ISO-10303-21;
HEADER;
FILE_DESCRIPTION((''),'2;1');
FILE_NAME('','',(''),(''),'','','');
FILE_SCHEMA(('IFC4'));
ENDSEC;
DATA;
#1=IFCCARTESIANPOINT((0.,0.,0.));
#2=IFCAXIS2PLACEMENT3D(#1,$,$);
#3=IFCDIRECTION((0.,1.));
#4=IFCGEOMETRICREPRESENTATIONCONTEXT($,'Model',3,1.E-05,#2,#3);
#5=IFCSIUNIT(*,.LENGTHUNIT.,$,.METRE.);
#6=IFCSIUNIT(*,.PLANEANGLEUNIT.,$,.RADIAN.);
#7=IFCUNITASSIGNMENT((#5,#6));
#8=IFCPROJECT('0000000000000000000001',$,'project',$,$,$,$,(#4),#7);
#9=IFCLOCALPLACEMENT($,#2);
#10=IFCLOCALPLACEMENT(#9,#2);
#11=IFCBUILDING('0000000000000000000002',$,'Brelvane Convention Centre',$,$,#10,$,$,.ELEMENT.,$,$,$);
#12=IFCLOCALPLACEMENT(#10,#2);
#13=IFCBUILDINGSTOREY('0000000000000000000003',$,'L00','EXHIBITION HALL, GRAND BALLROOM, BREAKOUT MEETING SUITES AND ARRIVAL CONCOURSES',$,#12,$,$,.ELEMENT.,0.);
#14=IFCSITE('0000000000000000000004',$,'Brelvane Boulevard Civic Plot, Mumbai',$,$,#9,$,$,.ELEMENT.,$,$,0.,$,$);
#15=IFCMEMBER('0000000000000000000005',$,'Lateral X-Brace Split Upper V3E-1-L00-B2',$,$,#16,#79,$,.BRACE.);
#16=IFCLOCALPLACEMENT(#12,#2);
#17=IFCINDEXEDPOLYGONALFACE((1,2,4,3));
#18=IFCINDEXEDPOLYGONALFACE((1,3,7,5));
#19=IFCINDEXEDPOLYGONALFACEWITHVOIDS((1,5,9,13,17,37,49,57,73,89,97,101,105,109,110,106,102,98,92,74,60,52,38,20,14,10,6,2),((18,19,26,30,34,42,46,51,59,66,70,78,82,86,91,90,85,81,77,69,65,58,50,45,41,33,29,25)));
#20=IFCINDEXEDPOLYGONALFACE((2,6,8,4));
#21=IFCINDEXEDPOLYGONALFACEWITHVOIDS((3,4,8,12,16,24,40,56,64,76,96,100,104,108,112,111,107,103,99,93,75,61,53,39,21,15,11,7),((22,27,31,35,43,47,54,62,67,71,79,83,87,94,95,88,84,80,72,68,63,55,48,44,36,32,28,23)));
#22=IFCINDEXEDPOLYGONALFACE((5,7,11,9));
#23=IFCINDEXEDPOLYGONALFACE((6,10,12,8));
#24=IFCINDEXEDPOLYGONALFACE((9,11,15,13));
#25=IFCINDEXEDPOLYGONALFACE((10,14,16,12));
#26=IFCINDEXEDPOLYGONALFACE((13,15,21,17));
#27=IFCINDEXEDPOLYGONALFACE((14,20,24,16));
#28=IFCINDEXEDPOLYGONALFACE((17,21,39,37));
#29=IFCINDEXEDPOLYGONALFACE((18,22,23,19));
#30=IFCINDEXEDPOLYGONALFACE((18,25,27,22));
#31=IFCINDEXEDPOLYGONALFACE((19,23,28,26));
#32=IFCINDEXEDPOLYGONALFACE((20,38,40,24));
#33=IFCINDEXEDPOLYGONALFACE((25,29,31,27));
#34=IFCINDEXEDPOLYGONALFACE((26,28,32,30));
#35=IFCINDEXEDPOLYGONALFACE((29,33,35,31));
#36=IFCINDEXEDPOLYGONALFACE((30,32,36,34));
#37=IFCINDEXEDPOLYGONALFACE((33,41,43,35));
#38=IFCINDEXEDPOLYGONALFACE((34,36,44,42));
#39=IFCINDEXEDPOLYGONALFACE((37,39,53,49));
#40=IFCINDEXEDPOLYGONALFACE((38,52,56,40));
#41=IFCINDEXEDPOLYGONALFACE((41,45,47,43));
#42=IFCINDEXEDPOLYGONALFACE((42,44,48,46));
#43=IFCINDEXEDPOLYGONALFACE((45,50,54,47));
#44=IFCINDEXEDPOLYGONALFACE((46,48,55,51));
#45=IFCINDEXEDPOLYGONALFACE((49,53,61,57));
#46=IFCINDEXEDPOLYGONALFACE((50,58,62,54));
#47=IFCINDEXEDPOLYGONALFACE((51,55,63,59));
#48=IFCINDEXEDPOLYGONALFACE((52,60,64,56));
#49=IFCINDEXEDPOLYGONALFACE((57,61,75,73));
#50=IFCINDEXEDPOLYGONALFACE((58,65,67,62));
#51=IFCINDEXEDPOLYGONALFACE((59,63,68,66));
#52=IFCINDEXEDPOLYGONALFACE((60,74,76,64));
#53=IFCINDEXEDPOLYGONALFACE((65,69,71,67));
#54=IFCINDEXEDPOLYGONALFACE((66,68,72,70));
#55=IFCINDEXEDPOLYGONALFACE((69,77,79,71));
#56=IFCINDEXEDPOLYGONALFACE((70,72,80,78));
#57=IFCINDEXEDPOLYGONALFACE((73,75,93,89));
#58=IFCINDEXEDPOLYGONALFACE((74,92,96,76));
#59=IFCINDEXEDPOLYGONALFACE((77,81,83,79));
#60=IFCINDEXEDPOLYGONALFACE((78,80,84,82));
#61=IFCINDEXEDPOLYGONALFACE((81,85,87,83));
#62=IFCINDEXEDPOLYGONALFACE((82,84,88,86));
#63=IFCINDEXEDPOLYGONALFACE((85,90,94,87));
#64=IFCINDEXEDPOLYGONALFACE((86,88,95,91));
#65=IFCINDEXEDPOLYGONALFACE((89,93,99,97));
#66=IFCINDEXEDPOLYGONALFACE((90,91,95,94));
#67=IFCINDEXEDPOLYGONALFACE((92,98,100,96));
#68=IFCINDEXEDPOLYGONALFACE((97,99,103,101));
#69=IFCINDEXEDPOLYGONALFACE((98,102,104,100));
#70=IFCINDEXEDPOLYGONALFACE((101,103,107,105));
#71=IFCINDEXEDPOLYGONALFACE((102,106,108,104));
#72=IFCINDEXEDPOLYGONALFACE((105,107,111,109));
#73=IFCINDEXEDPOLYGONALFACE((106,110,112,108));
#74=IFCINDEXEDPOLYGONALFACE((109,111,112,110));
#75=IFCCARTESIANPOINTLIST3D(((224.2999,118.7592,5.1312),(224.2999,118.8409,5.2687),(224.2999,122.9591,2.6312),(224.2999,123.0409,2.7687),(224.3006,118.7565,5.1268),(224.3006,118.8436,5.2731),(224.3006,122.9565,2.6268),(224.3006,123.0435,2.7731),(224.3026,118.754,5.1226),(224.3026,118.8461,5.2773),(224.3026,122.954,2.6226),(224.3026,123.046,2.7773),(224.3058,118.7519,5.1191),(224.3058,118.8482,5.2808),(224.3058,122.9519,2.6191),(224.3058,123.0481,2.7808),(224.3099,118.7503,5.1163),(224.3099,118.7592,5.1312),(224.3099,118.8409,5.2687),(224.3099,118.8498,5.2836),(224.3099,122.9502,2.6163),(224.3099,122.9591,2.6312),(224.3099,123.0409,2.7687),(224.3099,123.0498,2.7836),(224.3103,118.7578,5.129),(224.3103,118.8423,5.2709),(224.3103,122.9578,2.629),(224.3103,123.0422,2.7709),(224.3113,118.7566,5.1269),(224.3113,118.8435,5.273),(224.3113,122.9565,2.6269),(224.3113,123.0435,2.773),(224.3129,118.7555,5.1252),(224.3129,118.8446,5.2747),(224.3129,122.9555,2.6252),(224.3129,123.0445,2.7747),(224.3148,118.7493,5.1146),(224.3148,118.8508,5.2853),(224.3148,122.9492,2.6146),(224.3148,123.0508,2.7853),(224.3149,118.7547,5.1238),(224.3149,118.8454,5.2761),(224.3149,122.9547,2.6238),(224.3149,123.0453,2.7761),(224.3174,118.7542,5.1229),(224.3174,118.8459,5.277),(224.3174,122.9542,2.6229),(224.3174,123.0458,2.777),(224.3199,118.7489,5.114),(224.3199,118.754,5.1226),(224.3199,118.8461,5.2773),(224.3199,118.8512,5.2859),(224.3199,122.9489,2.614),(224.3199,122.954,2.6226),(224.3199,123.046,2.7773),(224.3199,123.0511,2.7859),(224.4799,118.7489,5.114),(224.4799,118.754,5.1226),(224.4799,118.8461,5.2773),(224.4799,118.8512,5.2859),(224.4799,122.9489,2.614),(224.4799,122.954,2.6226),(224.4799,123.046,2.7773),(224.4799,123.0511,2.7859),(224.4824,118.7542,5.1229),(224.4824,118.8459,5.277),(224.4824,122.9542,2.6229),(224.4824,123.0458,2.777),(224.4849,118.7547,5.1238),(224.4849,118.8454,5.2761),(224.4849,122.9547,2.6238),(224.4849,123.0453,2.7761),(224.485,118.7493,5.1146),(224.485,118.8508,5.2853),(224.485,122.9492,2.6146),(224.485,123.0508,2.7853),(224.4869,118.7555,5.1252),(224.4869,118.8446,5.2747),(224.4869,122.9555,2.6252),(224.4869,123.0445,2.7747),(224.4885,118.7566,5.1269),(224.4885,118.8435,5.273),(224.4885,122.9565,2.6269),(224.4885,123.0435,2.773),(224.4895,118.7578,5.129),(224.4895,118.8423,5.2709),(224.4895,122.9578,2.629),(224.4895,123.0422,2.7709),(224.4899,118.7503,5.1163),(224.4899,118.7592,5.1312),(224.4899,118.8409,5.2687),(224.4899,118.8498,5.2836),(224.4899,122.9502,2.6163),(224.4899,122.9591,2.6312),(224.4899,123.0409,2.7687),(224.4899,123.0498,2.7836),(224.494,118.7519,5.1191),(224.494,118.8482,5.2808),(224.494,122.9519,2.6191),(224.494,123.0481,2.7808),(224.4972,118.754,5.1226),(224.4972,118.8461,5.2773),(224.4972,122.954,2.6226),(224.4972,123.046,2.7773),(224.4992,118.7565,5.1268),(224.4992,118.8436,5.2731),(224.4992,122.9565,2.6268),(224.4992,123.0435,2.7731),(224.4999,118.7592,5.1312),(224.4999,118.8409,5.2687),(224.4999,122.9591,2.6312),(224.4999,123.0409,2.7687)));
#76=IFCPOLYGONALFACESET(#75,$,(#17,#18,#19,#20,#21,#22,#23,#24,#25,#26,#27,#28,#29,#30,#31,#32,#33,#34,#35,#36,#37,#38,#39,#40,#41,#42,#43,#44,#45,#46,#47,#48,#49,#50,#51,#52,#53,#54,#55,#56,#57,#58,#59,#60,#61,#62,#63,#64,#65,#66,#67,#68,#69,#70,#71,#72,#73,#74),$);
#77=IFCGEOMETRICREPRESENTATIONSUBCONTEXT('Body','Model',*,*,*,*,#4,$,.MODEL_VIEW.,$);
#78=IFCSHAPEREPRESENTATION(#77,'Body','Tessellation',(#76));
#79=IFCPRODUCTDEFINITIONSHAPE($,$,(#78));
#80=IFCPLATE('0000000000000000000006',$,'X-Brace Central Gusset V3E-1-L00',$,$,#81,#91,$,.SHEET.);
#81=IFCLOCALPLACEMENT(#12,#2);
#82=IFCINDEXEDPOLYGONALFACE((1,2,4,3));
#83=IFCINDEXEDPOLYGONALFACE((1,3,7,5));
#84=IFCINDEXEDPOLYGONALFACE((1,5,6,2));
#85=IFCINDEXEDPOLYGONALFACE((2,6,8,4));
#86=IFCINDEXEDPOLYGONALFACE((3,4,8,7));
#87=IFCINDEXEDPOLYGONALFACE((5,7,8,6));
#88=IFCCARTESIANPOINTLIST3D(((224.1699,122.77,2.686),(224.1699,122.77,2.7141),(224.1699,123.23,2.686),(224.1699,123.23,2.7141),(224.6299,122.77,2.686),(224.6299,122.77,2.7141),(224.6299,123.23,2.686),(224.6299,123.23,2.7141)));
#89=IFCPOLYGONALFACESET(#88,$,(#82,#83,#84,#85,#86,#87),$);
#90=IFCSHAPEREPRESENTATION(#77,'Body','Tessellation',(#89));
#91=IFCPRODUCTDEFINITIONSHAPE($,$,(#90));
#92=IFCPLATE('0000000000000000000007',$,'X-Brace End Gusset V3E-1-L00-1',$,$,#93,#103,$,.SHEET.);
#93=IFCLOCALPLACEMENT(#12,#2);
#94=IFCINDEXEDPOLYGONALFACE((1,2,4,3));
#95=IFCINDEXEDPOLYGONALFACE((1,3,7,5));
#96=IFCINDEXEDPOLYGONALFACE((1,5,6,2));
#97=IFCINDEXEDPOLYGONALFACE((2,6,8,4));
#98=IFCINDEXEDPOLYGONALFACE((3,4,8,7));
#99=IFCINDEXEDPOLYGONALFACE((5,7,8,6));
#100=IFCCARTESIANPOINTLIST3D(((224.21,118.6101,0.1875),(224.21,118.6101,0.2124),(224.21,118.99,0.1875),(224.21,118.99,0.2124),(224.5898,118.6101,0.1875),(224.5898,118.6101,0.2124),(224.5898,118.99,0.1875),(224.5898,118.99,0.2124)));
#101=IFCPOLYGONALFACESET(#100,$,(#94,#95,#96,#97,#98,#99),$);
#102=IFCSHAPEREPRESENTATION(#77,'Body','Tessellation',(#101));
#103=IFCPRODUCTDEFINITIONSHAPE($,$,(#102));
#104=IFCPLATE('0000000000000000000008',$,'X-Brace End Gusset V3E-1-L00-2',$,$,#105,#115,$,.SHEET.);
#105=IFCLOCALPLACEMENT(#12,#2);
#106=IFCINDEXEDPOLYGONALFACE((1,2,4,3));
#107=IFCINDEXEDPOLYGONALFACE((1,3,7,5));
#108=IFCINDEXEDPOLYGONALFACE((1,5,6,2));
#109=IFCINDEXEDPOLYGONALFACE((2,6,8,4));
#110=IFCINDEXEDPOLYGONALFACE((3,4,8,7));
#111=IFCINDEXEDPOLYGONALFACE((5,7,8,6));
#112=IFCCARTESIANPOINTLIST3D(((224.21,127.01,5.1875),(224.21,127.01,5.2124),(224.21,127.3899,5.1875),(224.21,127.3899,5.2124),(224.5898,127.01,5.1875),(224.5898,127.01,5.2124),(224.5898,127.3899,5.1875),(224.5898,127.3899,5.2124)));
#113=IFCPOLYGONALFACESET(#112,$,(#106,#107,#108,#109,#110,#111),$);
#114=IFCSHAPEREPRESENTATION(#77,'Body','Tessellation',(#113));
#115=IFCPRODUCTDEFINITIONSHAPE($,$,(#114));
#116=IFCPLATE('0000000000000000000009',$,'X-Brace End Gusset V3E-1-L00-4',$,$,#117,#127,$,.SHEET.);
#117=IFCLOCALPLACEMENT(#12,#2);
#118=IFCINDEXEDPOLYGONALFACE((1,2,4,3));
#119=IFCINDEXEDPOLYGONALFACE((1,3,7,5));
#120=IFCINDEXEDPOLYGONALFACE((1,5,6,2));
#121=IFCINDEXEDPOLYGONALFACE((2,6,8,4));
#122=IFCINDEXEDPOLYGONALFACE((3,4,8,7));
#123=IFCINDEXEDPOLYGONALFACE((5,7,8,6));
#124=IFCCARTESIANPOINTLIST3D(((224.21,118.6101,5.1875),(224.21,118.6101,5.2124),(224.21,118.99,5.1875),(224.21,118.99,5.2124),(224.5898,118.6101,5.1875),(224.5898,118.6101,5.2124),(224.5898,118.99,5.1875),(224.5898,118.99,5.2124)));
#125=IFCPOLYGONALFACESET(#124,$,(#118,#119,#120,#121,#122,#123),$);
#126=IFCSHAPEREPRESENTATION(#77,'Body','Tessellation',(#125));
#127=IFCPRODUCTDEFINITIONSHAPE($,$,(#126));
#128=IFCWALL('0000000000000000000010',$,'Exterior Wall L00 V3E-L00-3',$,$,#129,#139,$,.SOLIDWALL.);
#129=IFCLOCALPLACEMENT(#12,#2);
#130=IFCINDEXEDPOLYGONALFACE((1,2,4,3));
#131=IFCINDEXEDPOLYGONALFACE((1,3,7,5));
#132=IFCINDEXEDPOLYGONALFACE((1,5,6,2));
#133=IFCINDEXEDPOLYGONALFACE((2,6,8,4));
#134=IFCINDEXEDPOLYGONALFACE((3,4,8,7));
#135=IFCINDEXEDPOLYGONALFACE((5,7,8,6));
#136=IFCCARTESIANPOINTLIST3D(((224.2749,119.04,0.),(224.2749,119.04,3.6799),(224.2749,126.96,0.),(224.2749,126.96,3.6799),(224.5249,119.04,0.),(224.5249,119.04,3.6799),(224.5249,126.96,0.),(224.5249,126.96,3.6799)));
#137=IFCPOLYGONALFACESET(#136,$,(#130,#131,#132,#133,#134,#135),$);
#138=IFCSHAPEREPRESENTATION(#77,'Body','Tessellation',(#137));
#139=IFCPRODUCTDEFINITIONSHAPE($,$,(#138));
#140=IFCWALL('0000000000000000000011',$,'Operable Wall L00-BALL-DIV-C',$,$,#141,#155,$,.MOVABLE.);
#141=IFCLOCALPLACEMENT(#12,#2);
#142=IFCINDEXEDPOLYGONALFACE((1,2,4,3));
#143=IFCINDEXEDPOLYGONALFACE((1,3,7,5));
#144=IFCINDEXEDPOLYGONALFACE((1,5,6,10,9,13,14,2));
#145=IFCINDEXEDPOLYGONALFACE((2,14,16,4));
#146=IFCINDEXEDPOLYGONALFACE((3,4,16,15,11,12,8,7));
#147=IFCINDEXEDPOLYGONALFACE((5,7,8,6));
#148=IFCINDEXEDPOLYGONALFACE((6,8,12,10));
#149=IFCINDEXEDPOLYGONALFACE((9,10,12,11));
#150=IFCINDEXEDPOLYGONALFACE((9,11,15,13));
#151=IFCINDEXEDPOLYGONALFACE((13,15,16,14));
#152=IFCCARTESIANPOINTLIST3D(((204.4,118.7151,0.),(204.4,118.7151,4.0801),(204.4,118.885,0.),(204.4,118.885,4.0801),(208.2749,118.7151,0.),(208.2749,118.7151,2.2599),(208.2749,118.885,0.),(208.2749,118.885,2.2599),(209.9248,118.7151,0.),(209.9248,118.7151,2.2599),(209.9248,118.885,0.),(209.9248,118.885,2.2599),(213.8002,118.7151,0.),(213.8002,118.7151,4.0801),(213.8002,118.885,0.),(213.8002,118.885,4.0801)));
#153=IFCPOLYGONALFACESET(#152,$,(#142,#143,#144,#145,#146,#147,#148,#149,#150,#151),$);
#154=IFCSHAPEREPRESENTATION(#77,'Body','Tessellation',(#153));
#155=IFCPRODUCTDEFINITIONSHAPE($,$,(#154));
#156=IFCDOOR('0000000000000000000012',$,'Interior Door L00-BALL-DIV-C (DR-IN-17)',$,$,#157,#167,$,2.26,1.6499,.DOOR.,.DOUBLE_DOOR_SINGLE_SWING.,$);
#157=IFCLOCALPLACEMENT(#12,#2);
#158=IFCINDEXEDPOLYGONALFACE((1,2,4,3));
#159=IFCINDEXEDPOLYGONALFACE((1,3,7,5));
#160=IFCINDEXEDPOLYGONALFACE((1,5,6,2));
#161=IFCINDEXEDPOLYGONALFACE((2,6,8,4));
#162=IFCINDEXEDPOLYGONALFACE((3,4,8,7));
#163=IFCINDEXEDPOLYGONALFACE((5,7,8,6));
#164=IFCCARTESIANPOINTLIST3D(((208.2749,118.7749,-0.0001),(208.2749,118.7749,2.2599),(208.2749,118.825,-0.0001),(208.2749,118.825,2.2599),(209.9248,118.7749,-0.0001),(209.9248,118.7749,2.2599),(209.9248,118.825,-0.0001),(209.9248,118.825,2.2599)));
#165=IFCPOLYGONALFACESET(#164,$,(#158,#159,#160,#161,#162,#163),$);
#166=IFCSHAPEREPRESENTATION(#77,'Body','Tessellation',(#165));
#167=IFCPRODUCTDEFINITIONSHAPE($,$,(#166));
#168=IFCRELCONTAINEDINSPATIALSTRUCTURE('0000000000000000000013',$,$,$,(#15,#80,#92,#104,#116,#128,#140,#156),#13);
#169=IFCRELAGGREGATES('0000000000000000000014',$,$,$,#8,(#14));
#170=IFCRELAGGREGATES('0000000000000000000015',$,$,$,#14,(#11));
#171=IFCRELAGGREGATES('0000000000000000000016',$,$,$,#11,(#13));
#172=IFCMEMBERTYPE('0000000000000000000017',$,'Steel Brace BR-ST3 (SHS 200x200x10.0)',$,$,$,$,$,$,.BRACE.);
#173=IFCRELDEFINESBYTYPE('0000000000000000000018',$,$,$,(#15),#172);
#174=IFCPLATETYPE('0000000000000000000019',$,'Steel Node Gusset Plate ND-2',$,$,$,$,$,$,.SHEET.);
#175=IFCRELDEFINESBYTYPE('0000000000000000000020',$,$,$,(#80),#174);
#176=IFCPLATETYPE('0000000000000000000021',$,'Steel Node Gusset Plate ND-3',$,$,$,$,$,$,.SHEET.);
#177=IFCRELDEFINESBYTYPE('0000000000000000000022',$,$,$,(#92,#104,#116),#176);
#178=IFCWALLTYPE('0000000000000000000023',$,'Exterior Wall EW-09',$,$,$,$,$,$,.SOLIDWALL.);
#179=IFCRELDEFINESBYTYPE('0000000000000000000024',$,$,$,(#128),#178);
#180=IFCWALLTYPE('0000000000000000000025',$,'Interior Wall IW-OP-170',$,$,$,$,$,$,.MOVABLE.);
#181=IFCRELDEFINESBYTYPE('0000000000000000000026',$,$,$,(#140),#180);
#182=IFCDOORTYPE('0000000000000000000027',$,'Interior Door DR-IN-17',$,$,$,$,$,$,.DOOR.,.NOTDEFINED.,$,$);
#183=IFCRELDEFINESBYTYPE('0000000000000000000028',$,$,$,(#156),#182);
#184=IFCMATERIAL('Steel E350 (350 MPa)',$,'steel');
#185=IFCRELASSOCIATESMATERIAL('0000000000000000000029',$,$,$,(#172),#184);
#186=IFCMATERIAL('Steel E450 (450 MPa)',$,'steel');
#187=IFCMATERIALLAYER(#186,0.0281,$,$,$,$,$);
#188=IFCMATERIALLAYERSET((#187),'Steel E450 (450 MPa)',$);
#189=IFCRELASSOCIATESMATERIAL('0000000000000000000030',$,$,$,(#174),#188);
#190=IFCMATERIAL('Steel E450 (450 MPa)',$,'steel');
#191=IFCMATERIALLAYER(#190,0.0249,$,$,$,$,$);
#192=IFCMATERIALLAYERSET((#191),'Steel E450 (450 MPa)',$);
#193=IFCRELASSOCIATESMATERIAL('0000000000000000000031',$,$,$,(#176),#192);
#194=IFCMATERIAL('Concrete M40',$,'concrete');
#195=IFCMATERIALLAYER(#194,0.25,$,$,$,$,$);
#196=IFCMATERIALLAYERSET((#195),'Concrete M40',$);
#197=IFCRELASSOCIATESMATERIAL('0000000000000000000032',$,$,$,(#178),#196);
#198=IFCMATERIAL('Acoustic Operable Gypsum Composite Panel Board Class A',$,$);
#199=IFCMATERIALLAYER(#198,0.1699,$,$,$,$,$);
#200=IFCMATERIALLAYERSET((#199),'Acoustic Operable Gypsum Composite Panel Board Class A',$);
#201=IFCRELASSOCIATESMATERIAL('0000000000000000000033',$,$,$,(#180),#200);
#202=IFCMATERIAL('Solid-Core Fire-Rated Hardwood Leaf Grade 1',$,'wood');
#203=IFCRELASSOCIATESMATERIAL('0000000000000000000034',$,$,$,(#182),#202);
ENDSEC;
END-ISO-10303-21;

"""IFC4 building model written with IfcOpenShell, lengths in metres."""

from ifc_helpers import new_model, si_unit, direction, frame, frame_2d, origin, origin_2d, place, context, subcontext, project, spatial, rectangle, hollow_rectangle, extrude, material, layer, layer_set, material_profile, profile_set, type_object, element, fill, save


model = new_model("IFC4")

# Units and contexts
model_context = context("Model", 3, precision=1e-05, world=origin(), true_north=direction((0.0, 1.0)))
body_context = subcontext(model_context, "Body", "Model", "MODEL_VIEW")
ifc_project = project(units=[si_unit("LENGTHUNIT", "METRE"), si_unit("PLANEANGLEUNIT", "RADIAN")], contexts=[model_context])

# Site, building, storey
site_placement = place(None, origin())
site = spatial("IfcSite", under=ifc_project, at=site_placement, Name="Brelvane Boulevard Civic Plot, Mumbai", CompositionType="ELEMENT", RefElevation=0.0)
building_placement = place(site_placement, origin())
building = spatial("IfcBuilding", under=site, at=building_placement, Name="Brelvane Convention Centre", CompositionType="ELEMENT")
storey_placement = place(building_placement, origin())
storey = spatial("IfcBuildingStorey", under=building, at=storey_placement, Name="L00", Description="EXHIBITION HALL, GRAND BALLROOM, BREAKOUT MEETING SUITES AND ARRIVAL CONCOURSES", CompositionType="ELEMENT", Elevation=0.0)

# Member
ifc_material_1 = material(Name="Steel E350 (350 MPa)", Category="steel")
ifc_material_profile_1 = material_profile(ifc_material_1, hollow_rectangle(XDim=0.2, YDim=0.2, WallThickness=0.01, InnerFilletRadius=0.01, OuterFilletRadius=0.02, at=origin_2d()), Name="SHS 200x200x10.0")
ifc_profile_set_1 = profile_set([ifc_material_profile_1], Name="Steel E350 (350 MPa)")
member_type_1 = type_object("IfcMemberType", Name="Steel Brace BR-ST3 (SHS 200x200x10.0)", PredefinedType="BRACE", material=ifc_profile_set_1)
for number, where, z_axis, x_axis, name in (
    (1, (224.3999, 123.0, 2.7), (0.0, -0.85929, 0.511488), (1.0, 0.0, 0.0), "Lateral X-Brace Split Upper V3E-1-L00-B2"),
):
    element("IfcMember", number, at=place(storey_placement, frame(where, z_axis=z_axis, x_axis=x_axis)), inside=storey, type_object=member_type_1, Name=name, PredefinedType="BRACE", context=body_context, shape_type="SweptSolid", body=[
        extrude(hollow_rectangle(XDim=0.2, YDim=0.2, WallThickness=0.01, InnerFilletRadius=0.01, OuterFilletRadius=0.02, at=origin_2d()), origin(), (0.0, 0.0, 1.0), 4.8877),
    ])

# Plates
ifc_material_2 = material(Name="Steel E450 (450 MPa)", Category="steel")
ifc_layer_1 = layer(ifc_material_2, 0.0281)
ifc_layer_set_1 = layer_set([ifc_layer_1], Name="Steel E450 (450 MPa)")
plate_type_1 = type_object("IfcPlateType", Name="Steel Node Gusset Plate ND-2", PredefinedType="SHEET", material=ifc_layer_set_1)
plate_placement = place(storey_placement, frame((224.3999, 123.0, 2.686), z_axis=(0.0, 0.0, 1.0), x_axis=(1.0, 0.0, 0.0)))
element("IfcPlate", 2, at=plate_placement, inside=storey, type_object=plate_type_1, Name="X-Brace Central Gusset V3E-1-L00", PredefinedType="SHEET", context=body_context, shape_type="SweptSolid", body=[
    extrude(rectangle(XDim=0.46, YDim=0.46, at=origin_2d()), origin(), (0.0, 0.0, 1.0), 0.0281),
])
ifc_material_3 = material(Name="Steel E450 (450 MPa)", Category="steel")
ifc_layer_2 = layer(ifc_material_3, 0.0249)
ifc_layer_set_2 = layer_set([ifc_layer_2], Name="Steel E450 (450 MPa)")
plate_type_2 = type_object("IfcPlateType", Name="Steel Node Gusset Plate ND-3", PredefinedType="SHEET", material=ifc_layer_set_2)
for number, where, z_axis, x_axis, name in (
    (3, (224.3999, 118.8, 0.1875), (0.0, 0.0, 1.0), (1.0, 0.0, 0.0), "X-Brace End Gusset V3E-1-L00-1"),
    (4, (224.3999, 127.2, 5.1875), (0.0, 0.0, 1.0), (1.0, 0.0, 0.0), "X-Brace End Gusset V3E-1-L00-2"),
    (5, (224.3999, 118.8, 5.1875), (0.0, 0.0, 1.0), (1.0, 0.0, 0.0), "X-Brace End Gusset V3E-1-L00-4"),
):
    element("IfcPlate", number, at=place(storey_placement, frame(where, z_axis=z_axis, x_axis=x_axis)), inside=storey, type_object=plate_type_2, Name=name, PredefinedType="SHEET", context=body_context, shape_type="SweptSolid", body=[
        extrude(rectangle(XDim=0.3799, YDim=0.3799, at=origin_2d()), origin(), (0.0, 0.0, 1.0), 0.0249),
    ])

# Wall
ifc_material_4 = material(Name="Concrete M40", Category="concrete")
ifc_layer_3 = layer(ifc_material_4, 0.25)
ifc_layer_set_3 = layer_set([ifc_layer_3], Name="Concrete M40")
wall_type_1 = type_object("IfcWallType", Name="Exterior Wall EW-09", PredefinedType="SOLIDWALL", material=ifc_layer_set_3)
wall_1_placement = place(storey_placement, frame((224.3999, 119.04, 0.0), z_axis=(0.0, 0.0, 1.0), x_axis=(0.0, 1.0, 0.0)))
element("IfcWall", 6, at=wall_1_placement, inside=storey, type_object=wall_type_1, Name="Exterior Wall L00 V3E-L00-3", PredefinedType="SOLIDWALL", context=body_context, shape_type="SweptSolid", body=[
    extrude(rectangle(XDim=7.9199, YDim=0.25, at=frame_2d((3.96, 0.0))), origin(), (0.0, 0.0, 1.0), 3.6799),
])

# Wall, opening, door
ifc_material_5 = material(Name="Acoustic Operable Gypsum Composite Panel Board Class A")
ifc_layer_4 = layer(ifc_material_5, 0.1699)
ifc_layer_set_4 = layer_set([ifc_layer_4], Name="Acoustic Operable Gypsum Composite Panel Board Class A")
wall_type_2 = type_object("IfcWallType", Name="Interior Wall IW-OP-170", PredefinedType="MOVABLE", material=ifc_layer_set_4)
wall_2_placement = place(storey_placement, frame((204.3999, 118.8, 0.0), z_axis=(0.0, 0.0, 1.0), x_axis=(1.0, 0.0, 0.0)))
wall_2 = element("IfcWall", 7, at=wall_2_placement, inside=storey, type_object=wall_type_2, Name="Operable Wall L00-BALL-DIV-C", PredefinedType="MOVABLE", context=body_context, shape_type="SweptSolid", body=[
    extrude(rectangle(XDim=9.4001, YDim=0.1699, at=frame_2d((4.7002, 0.0))), origin(), (0.0, 0.0, 1.0), 4.0801),
])
opening_placement = place(wall_2_placement, frame((3.875, 0.0, 0.0)))
opening = element("IfcOpeningElement", 8, at=opening_placement, cuts=wall_2, PredefinedType="OPENING", context=body_context, shape_type="SweptSolid", body=[
    extrude(rectangle(XDim=1.6499, YDim=2.26, at=frame_2d((0.825, 1.1299))), frame((0.0, 0.095, 0.0), z_axis=(0.0, -1.0, 0.0), x_axis=(1.0, 0.0, 0.0)), (0.0, 0.0, 1.0), 0.1899),
])
ifc_material_6 = material(Name="Solid-Core Fire-Rated Hardwood Leaf Grade 1", Category="wood")
door_type = type_object("IfcDoorType", Name="Interior Door DR-IN-17", OperationType="NOTDEFINED", PredefinedType="DOOR", material=ifc_material_6)
door_placement = place(opening_placement, origin())
door = element("IfcDoor", 9, at=door_placement, inside=storey, type_object=door_type, Name="Interior Door L00-BALL-DIV-C (DR-IN-17)", OperationType="DOUBLE_DOOR_SINGLE_SWING", OverallHeight=2.26, OverallWidth=1.6499, PredefinedType="DOOR", context=body_context, shape_type="SweptSolid", body=[
    extrude(rectangle(XDim=1.6499, YDim=2.26, at=frame_2d((0.825, 1.1299))), frame((0.0, 0.0249, 0.0), z_axis=(0.0, -1.0, 0.0), x_axis=(1.0, 0.0, 0.0)), (0.0, 0.0, 1.0), 0.05),
])
fill(opening, door)

save(model, "model.ifc")
